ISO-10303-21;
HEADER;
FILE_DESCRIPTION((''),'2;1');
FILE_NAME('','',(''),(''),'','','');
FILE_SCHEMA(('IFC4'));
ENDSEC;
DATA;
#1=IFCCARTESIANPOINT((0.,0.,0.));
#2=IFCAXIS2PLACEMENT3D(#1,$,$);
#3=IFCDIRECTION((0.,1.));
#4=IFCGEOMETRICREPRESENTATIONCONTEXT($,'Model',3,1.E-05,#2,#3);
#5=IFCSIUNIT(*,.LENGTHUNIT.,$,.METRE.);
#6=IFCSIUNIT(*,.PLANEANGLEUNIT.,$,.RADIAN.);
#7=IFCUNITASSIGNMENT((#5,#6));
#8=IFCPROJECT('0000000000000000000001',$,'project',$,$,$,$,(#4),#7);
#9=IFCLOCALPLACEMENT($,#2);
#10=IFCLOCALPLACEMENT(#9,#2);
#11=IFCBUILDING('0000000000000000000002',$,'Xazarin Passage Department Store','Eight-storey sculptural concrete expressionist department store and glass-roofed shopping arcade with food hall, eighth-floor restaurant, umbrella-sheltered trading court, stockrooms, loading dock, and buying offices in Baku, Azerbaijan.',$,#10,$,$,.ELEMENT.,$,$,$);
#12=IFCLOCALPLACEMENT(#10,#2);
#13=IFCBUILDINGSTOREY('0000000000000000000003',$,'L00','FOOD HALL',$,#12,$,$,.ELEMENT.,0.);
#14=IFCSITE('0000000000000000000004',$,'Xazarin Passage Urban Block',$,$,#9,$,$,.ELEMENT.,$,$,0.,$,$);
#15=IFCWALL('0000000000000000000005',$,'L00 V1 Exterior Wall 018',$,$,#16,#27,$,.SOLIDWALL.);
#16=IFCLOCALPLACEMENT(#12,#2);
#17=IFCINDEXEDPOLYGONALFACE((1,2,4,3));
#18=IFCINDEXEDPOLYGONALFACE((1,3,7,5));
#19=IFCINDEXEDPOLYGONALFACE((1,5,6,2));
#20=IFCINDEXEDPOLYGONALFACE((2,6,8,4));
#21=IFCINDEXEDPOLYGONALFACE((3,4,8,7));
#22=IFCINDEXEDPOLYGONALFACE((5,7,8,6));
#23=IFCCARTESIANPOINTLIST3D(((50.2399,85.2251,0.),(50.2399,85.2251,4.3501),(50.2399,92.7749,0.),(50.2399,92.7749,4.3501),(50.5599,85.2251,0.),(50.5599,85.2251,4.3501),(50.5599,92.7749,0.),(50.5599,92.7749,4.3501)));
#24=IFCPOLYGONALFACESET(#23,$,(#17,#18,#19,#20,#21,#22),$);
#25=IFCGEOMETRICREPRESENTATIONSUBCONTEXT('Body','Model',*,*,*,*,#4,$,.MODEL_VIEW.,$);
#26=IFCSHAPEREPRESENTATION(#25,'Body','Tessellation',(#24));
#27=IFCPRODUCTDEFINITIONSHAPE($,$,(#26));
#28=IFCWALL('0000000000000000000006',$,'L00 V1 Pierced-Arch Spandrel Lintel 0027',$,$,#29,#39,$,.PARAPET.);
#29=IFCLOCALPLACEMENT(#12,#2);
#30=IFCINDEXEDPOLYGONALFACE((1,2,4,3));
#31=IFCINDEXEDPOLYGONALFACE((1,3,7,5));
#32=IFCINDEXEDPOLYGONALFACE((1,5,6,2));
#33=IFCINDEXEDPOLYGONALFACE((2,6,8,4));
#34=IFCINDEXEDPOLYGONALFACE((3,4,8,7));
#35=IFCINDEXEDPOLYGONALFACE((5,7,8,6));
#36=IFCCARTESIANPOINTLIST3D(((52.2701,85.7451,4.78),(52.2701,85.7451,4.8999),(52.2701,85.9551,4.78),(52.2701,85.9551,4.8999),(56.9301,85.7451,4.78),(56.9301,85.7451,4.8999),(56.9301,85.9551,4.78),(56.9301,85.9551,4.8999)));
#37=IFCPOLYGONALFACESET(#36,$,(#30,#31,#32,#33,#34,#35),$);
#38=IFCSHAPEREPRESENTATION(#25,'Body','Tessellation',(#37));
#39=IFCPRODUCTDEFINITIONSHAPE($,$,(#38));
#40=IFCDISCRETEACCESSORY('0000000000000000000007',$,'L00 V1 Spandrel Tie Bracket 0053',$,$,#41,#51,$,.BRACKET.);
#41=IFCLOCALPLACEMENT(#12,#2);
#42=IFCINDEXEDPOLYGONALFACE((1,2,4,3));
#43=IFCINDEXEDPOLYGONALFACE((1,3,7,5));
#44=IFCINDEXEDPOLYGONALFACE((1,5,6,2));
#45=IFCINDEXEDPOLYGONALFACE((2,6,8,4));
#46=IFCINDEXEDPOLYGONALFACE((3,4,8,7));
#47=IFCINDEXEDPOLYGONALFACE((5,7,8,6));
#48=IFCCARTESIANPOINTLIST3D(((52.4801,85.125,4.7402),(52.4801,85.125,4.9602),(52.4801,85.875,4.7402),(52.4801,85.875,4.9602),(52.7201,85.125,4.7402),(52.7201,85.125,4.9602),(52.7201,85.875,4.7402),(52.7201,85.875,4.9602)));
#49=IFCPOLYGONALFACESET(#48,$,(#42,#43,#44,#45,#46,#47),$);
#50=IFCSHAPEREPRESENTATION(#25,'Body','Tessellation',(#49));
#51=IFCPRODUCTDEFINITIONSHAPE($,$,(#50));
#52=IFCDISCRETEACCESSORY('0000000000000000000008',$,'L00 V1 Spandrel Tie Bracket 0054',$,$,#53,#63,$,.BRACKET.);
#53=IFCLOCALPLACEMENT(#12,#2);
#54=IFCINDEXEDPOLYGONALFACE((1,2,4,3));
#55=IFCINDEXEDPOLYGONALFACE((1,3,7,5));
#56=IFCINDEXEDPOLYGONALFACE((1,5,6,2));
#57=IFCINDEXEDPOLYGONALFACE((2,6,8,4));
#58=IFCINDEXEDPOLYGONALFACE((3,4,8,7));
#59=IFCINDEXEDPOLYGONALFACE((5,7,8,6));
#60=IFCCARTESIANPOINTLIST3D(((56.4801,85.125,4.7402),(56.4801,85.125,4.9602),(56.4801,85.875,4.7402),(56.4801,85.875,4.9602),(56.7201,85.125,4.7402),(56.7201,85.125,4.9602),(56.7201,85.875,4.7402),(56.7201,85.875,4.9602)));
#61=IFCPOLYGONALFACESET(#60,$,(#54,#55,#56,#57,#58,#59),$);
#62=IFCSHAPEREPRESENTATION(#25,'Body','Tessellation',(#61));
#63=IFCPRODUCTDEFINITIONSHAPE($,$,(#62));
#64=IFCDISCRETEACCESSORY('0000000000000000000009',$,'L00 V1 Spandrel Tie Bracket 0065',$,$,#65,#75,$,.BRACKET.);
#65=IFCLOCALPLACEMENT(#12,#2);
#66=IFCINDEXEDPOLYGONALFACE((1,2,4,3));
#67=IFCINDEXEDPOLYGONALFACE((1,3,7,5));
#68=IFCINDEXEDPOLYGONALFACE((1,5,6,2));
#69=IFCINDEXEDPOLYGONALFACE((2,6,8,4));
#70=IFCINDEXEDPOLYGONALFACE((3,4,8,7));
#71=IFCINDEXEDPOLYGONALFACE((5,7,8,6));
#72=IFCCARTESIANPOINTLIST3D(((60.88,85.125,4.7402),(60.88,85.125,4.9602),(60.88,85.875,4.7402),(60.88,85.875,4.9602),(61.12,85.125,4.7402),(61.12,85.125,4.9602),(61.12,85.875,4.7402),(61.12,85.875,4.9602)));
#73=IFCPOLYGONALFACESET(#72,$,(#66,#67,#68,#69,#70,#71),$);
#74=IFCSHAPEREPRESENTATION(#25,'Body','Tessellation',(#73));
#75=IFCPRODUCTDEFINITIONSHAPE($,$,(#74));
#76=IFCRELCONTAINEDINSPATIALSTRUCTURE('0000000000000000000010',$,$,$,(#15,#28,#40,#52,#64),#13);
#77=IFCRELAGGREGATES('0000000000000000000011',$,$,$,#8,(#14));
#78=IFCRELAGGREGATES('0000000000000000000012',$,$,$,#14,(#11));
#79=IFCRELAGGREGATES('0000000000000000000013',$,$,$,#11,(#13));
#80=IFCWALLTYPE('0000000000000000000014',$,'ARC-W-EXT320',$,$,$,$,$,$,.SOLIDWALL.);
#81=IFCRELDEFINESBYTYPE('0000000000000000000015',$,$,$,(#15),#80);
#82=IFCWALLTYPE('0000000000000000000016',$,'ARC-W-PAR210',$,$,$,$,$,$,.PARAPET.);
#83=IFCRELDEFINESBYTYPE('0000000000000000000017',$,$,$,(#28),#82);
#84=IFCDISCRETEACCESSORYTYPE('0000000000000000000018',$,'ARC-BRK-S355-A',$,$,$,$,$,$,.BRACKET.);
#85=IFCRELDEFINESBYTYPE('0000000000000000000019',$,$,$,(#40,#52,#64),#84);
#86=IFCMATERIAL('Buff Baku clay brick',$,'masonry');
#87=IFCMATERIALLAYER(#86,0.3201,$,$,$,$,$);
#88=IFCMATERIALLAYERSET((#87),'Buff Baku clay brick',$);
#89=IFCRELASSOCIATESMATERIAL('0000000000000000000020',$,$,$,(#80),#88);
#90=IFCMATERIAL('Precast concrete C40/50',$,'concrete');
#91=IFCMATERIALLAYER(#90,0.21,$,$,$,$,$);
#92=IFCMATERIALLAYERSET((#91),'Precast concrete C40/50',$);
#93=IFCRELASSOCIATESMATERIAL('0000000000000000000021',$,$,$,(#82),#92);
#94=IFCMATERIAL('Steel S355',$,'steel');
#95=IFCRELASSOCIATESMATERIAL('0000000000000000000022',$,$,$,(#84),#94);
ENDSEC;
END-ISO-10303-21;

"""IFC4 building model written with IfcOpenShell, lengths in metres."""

from ifc_helpers import new_model, si_unit, direction, frame, frame_2d, origin, origin_2d, place, context, subcontext, project, spatial, rectangle, extrude, material, layer, layer_set, type_object, element, save


model = new_model("IFC4")

# Units and contexts
model_context = context("Model", 3, precision=1e-05, world=origin(), true_north=direction((0.0, 1.0)))
body_context = subcontext(model_context, "Body", "Model", "MODEL_VIEW")
ifc_project = project(units=[si_unit("LENGTHUNIT", "METRE"), si_unit("PLANEANGLEUNIT", "RADIAN")], contexts=[model_context])

# Site, building, storey
site_placement = place(None, origin())
site = spatial("IfcSite", under=ifc_project, at=site_placement, Name="Xazarin Passage Urban Block", CompositionType="ELEMENT", RefElevation=0.0)
building_placement = place(site_placement, origin())
building = spatial("IfcBuilding", under=site, at=building_placement, Name="Xazarin Passage Department Store", Description="Eight-storey sculptural concrete expressionist department store and glass-roofed shopping arcade with food hall, eighth-floor restaurant, umbrella-sheltered trading court, stockrooms, loading dock, and buying offices in Baku, Azerbaijan.", CompositionType="ELEMENT")
storey_placement = place(building_placement, origin())
storey = spatial("IfcBuildingStorey", under=building, at=storey_placement, Name="L00", Description="FOOD HALL", CompositionType="ELEMENT", Elevation=0.0)

# Shared definitions
ifc_material_1 = material(Name="Precast concrete C40/50", Category="concrete")

# Walls
ifc_material_2 = material(Name="Buff Baku clay brick", Category="masonry")
ifc_layer_1 = layer(ifc_material_2, 0.3201)
ifc_layer_set_1 = layer_set([ifc_layer_1], Name="Buff Baku clay brick")
wall_type_1 = type_object("IfcWallType", Name="ARC-W-EXT320", PredefinedType="SOLIDWALL", material=ifc_layer_set_1)
wall_1_placement = place(storey_placement, frame((50.3999, 85.2251, 0.0), z_axis=(0.0, 0.0, 1.0), x_axis=(0.0, 1.0, 0.0)))
element("IfcWall", 1, at=wall_1_placement, inside=storey, type_object=wall_type_1, Name="L00 V1 Exterior Wall 018", PredefinedType="SOLIDWALL", context=body_context, shape_type="SweptSolid", body=[
    extrude(rectangle(XDim=7.5498, YDim=0.3201, at=frame_2d((3.7749, 0.0))), origin(), (0.0, 0.0, 1.0), 4.3501),
])
ifc_layer_2 = layer(ifc_material_1, 0.21)
ifc_layer_set_2 = layer_set([ifc_layer_2], Name="Precast concrete C40/50")
wall_type_2 = type_object("IfcWallType", Name="ARC-W-PAR210", PredefinedType="PARAPET", material=ifc_layer_set_2)
wall_2_placement = place(storey_placement, frame((52.27, 85.8501, 4.78), z_axis=(0.0, 0.0, 1.0), x_axis=(1.0, 0.0, 0.0)))
element("IfcWall", 2, at=wall_2_placement, inside=storey, type_object=wall_type_2, Name="L00 V1 Pierced-Arch Spandrel Lintel 0027", PredefinedType="PARAPET", context=body_context, shape_type="SweptSolid", body=[
    extrude(rectangle(XDim=4.6599, YDim=0.21, at=frame_2d((2.3301, 0.0))), origin(), (0.0, 0.0, 1.0), 0.1199),
])

# Discrete accessories
ifc_material_3 = material(Name="Steel S355", Category="steel")
discrete_accessory_type = type_object("IfcDiscreteAccessoryType", Name="ARC-BRK-S355-A", PredefinedType="BRACKET", material=ifc_material_3)
for number, where, z_axis, x_axis, name in (
    (3, (52.6001, 85.5, 4.7402), (0.0, 0.0, 1.0), (1.0, 0.0, 0.0), "L00 V1 Spandrel Tie Bracket 0053"),
    (4, (56.6001, 85.5, 4.7402), (0.0, 0.0, 1.0), (1.0, 0.0, 0.0), "L00 V1 Spandrel Tie Bracket 0054"),
    (5, (61.0, 85.5, 4.7402), (0.0, 0.0, 1.0), (1.0, 0.0, 0.0), "L00 V1 Spandrel Tie Bracket 0065"),
):
    element("IfcDiscreteAccessory", number, at=place(storey_placement, frame(where, z_axis=z_axis, x_axis=x_axis)), inside=storey, type_object=discrete_accessory_type, Name=name, PredefinedType="BRACKET", context=body_context, shape_type="SweptSolid", body=[
        extrude(rectangle(XDim=0.24, YDim=0.75, at=origin_2d()), origin(), (0.0, 0.0, 1.0), 0.22),
    ])

save(model, "model.ifc")
